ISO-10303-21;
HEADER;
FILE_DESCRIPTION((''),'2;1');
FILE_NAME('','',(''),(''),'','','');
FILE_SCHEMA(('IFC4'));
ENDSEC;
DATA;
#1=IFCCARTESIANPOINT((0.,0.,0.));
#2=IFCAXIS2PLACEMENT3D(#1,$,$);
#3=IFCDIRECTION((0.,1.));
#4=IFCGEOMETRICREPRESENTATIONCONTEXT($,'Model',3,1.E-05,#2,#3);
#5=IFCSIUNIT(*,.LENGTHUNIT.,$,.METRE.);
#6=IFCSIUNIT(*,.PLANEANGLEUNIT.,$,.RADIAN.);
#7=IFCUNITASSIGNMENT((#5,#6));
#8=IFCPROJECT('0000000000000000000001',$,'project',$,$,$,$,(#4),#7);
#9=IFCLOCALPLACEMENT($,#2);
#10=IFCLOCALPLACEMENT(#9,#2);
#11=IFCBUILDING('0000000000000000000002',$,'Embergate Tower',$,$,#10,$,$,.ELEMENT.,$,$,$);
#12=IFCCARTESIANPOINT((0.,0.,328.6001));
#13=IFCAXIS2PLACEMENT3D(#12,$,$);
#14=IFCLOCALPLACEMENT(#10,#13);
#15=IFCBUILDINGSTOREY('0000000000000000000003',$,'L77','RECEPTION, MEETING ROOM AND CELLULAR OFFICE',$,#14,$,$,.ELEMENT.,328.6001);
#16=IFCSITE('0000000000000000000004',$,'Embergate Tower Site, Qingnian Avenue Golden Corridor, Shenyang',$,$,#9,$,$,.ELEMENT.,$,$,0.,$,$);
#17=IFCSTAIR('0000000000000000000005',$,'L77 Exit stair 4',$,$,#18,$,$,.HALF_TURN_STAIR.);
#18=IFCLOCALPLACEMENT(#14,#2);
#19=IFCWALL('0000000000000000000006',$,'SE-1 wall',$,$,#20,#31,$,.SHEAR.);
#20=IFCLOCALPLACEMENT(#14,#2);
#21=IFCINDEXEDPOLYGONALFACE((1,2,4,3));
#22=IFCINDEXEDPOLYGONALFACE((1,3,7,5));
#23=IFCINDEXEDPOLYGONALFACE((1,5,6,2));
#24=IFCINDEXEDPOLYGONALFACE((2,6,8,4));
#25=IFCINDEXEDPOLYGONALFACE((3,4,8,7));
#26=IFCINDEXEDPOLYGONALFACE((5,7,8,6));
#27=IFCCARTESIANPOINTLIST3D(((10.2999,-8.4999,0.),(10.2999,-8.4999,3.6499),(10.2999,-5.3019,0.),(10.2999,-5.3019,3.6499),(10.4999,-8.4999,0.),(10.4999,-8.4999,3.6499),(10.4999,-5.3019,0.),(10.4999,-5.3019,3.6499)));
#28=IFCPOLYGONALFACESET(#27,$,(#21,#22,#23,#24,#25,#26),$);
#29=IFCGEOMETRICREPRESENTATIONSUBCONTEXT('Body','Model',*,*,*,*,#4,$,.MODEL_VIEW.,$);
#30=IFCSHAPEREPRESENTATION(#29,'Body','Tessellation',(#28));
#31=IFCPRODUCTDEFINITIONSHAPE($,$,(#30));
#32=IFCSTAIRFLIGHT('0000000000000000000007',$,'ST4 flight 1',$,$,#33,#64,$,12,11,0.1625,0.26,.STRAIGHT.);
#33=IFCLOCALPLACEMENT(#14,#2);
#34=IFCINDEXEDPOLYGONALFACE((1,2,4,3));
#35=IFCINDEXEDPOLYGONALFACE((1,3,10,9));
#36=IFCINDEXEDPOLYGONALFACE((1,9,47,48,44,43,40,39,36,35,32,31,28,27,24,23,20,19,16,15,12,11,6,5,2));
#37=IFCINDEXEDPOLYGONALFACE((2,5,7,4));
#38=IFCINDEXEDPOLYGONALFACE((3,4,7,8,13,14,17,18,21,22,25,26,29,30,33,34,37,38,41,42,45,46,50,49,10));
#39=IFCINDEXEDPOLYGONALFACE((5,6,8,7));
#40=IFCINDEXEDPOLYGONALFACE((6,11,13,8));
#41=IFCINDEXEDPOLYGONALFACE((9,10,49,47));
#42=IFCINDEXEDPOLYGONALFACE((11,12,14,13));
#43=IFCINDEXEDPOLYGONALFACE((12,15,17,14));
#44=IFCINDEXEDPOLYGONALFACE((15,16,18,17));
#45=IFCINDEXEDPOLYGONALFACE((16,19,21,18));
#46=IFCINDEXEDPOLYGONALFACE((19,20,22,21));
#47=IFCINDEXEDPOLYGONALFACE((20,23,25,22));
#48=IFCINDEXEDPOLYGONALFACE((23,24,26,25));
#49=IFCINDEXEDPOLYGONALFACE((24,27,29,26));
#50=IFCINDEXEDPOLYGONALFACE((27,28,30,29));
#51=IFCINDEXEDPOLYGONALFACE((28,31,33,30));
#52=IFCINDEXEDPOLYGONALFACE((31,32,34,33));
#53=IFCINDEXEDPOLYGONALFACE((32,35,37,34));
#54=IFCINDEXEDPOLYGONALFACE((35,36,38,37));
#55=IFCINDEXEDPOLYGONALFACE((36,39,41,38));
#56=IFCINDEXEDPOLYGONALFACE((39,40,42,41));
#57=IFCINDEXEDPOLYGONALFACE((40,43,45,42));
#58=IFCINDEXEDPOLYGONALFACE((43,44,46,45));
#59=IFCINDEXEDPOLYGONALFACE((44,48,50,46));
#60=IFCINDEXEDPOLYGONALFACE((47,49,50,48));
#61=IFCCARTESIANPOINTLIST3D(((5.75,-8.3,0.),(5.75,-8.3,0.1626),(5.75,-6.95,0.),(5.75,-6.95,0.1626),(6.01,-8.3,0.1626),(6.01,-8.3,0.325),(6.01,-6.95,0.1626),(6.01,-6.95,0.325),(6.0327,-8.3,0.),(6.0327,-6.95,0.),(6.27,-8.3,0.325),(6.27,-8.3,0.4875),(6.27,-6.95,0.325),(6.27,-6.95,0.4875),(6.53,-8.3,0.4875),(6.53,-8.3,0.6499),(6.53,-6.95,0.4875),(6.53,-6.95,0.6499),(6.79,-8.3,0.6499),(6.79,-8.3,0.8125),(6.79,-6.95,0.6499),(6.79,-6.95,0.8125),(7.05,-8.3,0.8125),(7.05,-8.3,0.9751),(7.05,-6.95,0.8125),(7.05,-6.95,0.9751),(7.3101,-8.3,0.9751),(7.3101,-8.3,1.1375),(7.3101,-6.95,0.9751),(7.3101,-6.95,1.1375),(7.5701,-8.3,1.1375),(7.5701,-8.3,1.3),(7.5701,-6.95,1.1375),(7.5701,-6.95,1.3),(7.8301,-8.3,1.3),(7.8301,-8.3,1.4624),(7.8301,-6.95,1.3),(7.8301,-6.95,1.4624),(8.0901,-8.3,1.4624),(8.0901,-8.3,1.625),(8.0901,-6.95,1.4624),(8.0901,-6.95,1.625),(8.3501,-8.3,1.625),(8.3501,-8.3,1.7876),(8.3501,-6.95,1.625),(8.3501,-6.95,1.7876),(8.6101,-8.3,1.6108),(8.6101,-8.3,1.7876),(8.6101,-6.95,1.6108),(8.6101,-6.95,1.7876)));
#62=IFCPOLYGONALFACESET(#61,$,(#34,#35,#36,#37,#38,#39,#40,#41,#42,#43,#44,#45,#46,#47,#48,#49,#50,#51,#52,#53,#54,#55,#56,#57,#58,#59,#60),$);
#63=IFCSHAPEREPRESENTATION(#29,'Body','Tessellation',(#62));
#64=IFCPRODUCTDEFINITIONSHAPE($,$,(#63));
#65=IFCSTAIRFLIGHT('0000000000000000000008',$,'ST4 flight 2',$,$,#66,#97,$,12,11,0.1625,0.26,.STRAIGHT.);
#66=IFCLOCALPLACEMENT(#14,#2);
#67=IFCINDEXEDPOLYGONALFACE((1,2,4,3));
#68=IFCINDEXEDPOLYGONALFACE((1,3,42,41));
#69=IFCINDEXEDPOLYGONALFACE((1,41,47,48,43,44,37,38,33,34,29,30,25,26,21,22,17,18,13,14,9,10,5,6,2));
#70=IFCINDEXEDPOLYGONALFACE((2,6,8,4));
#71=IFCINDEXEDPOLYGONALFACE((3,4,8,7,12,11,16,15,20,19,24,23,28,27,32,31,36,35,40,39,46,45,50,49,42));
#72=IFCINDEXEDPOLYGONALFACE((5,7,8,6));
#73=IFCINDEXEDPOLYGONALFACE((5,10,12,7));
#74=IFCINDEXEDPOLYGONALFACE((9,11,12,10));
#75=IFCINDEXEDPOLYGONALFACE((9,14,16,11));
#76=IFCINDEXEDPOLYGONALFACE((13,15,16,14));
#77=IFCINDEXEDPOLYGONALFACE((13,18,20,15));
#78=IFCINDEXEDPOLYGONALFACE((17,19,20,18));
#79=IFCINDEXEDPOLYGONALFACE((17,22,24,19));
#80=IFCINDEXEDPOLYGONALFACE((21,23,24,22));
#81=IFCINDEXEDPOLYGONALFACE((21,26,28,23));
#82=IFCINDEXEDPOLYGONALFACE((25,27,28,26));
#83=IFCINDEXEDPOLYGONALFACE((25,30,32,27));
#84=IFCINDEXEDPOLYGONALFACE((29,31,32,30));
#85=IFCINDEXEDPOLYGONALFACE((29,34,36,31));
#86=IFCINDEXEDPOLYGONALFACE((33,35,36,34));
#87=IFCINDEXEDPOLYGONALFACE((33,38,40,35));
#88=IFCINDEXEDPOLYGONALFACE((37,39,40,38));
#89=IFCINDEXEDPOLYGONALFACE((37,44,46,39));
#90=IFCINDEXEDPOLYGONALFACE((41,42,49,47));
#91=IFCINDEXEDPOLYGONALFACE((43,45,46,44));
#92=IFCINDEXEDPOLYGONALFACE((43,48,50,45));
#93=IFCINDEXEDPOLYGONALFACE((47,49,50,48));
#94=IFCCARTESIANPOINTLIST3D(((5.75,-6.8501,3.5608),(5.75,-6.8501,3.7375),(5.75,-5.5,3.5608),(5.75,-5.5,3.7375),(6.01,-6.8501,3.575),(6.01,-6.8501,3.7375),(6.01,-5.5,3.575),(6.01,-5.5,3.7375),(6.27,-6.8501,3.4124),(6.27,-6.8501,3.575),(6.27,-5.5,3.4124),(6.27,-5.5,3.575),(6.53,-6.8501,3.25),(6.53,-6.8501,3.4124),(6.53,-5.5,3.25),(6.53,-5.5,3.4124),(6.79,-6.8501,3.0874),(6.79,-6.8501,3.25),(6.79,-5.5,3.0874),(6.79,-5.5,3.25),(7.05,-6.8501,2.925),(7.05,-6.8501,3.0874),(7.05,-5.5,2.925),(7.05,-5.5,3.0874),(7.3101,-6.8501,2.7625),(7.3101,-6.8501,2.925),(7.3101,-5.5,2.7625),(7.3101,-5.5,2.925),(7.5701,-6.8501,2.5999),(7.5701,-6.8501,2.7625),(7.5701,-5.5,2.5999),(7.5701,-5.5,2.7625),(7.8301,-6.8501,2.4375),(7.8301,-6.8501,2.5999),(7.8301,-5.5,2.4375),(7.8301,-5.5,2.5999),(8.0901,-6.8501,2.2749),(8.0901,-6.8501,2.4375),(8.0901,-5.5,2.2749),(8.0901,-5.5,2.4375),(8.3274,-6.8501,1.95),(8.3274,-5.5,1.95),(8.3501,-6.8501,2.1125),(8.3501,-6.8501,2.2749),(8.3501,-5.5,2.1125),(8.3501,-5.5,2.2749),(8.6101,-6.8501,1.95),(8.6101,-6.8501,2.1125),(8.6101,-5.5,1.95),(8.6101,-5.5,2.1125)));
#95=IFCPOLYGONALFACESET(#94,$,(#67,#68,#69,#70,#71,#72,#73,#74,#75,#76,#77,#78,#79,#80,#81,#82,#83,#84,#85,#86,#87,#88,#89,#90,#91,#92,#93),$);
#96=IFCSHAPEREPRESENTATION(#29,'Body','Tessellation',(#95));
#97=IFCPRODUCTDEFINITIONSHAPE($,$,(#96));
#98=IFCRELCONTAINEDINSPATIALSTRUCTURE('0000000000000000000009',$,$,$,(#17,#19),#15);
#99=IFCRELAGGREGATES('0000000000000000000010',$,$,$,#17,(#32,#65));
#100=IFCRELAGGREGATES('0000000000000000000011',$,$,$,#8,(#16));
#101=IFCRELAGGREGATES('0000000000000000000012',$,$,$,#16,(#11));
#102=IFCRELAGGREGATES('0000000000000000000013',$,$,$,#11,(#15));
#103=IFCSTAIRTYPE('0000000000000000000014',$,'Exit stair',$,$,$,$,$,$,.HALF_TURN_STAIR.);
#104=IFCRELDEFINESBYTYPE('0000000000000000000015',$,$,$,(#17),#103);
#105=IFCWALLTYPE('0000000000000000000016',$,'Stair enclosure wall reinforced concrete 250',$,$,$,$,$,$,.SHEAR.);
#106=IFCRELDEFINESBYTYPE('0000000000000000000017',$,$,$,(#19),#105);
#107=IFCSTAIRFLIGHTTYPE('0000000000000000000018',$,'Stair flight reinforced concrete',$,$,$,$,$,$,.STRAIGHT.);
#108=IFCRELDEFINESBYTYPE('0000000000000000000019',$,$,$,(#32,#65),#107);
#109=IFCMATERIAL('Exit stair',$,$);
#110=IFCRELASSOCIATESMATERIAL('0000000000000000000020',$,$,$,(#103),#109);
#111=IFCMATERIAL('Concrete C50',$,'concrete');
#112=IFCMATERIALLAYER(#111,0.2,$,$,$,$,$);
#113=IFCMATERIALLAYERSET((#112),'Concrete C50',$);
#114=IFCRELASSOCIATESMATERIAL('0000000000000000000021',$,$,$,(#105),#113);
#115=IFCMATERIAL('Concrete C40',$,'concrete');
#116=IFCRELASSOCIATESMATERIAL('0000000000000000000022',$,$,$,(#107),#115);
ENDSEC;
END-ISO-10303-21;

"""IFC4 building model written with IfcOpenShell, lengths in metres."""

from ifc_helpers import new_model, si_unit, direction, frame, frame_2d, origin, place, context, subcontext, project, spatial, polyline, rectangle, outline, extrude, source, transform, mapped, material, layer, layer_set, type_object, element, aggregate, save


model = new_model("IFC4")

# Units and contexts
model_context = context("Model", 3, precision=1e-05, world=origin(), true_north=direction((0.0, 1.0)))
body_context = subcontext(model_context, "Body", "Model", "MODEL_VIEW")
ifc_project = project(units=[si_unit("LENGTHUNIT", "METRE"), si_unit("PLANEANGLEUNIT", "RADIAN")], contexts=[model_context])

# Site, building, storey
site_placement = place(None, origin())
site = spatial("IfcSite", under=ifc_project, at=site_placement, Name="Embergate Tower Site, Qingnian Avenue Golden Corridor, Shenyang", CompositionType="ELEMENT", RefElevation=0.0)
building_placement = place(site_placement, origin())
building = spatial("IfcBuilding", under=site, at=building_placement, Name="Embergate Tower", CompositionType="ELEMENT")
storey_placement = place(building_placement, frame((0.0, 0.0, 328.6001)))
storey = spatial("IfcBuildingStorey", under=building, at=storey_placement, Name="L77", Description="RECEPTION, MEETING ROOM AND CELLULAR OFFICE", CompositionType="ELEMENT", Elevation=328.6001)

# Stair
ifc_material_1 = material(Name="Exit stair")
stair_type = type_object("IfcStairType", Name="Exit stair", PredefinedType="HALF_TURN_STAIR", material=ifc_material_1)
stair_placement = place(storey_placement, origin())
stair = element("IfcStair", 1, at=stair_placement, inside=storey, type_object=stair_type, Name="L77 Exit stair 4", PredefinedType="HALF_TURN_STAIR")
ifc_material_2 = material(Name="Concrete C40", Category="concrete")

# Shared definitions
ifc_material_3 = material(Name="Concrete C50", Category="concrete")

# Shared definitions
ifc_layer_1 = layer(ifc_material_3, 0.2)
ifc_layer_set_1 = layer_set([ifc_layer_1], Name="Concrete C50")
wall_type_1 = type_object("IfcWallType", Name="Stair enclosure wall reinforced concrete 250", PredefinedType="SHEAR", material=ifc_layer_set_1)

# Wall
shared_shape_1 = source(origin(), body_context, "Body", "SweptSolid", [
    extrude(rectangle(XDim=3.198, YDim=0.2, at=frame_2d((1.5991, 0.0))), origin(), (0.0, 0.0, 1.0), 3.6499),
])
wall_1_placement = place(storey_placement, frame((10.3999, -8.5, 0.0), z_axis=(0.0, 0.0, 1.0), x_axis=(0.0, 1.0, 0.0)))
element("IfcWall", 2, at=wall_1_placement, inside=storey, type_object=wall_type_1, Name="SE-1 wall", PredefinedType="SHEAR", context=body_context, shape_type="MappedRepresentation", body=[
    mapped(shared_shape_1, transform((0.0, 0.0, 0.0))),
])

# Stair flights
stair_flight_type = type_object("IfcStairFlightType", Name="Stair flight reinforced concrete", PredefinedType="STRAIGHT", material=ifc_material_2)
shared_shape_2 = source(origin(), body_context, "Body", "SweptSolid", [
    extrude(outline(polyline([(0.0, 0.0), (0.0, 0.1626), (0.26, 0.1626), (0.26, 0.325), (0.52, 0.325), (0.52, 0.4875), (0.78, 0.4875), (0.78, 0.6499), (1.04, 0.6499), (1.04, 0.8125), (1.3, 0.8125), (1.3, 0.9751), (1.5601, 0.9751), (1.5601, 1.1375), (1.8201, 1.1375), (1.8201, 1.3), (2.0801, 1.3), (2.0801, 1.4624), (2.3401, 1.4624), (2.3401, 1.625), (2.6001, 1.625), (2.6001, 1.7876), (2.8601, 1.7876), (2.8601, 1.95), (2.8601, 1.6108), (0.2827, 0.0), (0.0, 0.0)])), frame((0.0, 0.675, 0.0), z_axis=(0.0, -1.0, 0.0), x_axis=(1.0, 0.0, 0.0)), (0.0, 0.0, 1.0), 1.3501),
])
stair_flight_1_placement = place(storey_placement, frame((5.75, -7.625, 0.0), z_axis=(0.0, 0.0, 1.0), x_axis=(1.0, 0.0, 0.0)))
stair_flight_1 = element("IfcStairFlight", 3, at=stair_flight_1_placement, type_object=stair_flight_type, Name="ST4 flight 1", NumberOfRisers=12, NumberOfTreads=11, PredefinedType="STRAIGHT", RiserHeight=0.1625, TreadLength=0.26, context=body_context, shape_type="MappedRepresentation", body=[
    mapped(shared_shape_2, transform((0.0, 0.0, 0.0))),
])
stair_flight_2_placement = place(storey_placement, frame((8.6101, -6.175, 1.95), z_axis=(0.0, 0.0, 1.0), x_axis=(-1.0, 0.0, 0.0)))
stair_flight_2 = element("IfcStairFlight", 4, at=stair_flight_2_placement, type_object=stair_flight_type, Name="ST4 flight 2", NumberOfRisers=12, NumberOfTreads=11, PredefinedType="STRAIGHT", RiserHeight=0.1625, TreadLength=0.26, context=body_context, shape_type="MappedRepresentation", body=[
    mapped(shared_shape_2, transform((0.0, 0.0, 0.0))),
])
aggregate(stair, [stair_flight_1, stair_flight_2])

save(model, "model.ifc")
